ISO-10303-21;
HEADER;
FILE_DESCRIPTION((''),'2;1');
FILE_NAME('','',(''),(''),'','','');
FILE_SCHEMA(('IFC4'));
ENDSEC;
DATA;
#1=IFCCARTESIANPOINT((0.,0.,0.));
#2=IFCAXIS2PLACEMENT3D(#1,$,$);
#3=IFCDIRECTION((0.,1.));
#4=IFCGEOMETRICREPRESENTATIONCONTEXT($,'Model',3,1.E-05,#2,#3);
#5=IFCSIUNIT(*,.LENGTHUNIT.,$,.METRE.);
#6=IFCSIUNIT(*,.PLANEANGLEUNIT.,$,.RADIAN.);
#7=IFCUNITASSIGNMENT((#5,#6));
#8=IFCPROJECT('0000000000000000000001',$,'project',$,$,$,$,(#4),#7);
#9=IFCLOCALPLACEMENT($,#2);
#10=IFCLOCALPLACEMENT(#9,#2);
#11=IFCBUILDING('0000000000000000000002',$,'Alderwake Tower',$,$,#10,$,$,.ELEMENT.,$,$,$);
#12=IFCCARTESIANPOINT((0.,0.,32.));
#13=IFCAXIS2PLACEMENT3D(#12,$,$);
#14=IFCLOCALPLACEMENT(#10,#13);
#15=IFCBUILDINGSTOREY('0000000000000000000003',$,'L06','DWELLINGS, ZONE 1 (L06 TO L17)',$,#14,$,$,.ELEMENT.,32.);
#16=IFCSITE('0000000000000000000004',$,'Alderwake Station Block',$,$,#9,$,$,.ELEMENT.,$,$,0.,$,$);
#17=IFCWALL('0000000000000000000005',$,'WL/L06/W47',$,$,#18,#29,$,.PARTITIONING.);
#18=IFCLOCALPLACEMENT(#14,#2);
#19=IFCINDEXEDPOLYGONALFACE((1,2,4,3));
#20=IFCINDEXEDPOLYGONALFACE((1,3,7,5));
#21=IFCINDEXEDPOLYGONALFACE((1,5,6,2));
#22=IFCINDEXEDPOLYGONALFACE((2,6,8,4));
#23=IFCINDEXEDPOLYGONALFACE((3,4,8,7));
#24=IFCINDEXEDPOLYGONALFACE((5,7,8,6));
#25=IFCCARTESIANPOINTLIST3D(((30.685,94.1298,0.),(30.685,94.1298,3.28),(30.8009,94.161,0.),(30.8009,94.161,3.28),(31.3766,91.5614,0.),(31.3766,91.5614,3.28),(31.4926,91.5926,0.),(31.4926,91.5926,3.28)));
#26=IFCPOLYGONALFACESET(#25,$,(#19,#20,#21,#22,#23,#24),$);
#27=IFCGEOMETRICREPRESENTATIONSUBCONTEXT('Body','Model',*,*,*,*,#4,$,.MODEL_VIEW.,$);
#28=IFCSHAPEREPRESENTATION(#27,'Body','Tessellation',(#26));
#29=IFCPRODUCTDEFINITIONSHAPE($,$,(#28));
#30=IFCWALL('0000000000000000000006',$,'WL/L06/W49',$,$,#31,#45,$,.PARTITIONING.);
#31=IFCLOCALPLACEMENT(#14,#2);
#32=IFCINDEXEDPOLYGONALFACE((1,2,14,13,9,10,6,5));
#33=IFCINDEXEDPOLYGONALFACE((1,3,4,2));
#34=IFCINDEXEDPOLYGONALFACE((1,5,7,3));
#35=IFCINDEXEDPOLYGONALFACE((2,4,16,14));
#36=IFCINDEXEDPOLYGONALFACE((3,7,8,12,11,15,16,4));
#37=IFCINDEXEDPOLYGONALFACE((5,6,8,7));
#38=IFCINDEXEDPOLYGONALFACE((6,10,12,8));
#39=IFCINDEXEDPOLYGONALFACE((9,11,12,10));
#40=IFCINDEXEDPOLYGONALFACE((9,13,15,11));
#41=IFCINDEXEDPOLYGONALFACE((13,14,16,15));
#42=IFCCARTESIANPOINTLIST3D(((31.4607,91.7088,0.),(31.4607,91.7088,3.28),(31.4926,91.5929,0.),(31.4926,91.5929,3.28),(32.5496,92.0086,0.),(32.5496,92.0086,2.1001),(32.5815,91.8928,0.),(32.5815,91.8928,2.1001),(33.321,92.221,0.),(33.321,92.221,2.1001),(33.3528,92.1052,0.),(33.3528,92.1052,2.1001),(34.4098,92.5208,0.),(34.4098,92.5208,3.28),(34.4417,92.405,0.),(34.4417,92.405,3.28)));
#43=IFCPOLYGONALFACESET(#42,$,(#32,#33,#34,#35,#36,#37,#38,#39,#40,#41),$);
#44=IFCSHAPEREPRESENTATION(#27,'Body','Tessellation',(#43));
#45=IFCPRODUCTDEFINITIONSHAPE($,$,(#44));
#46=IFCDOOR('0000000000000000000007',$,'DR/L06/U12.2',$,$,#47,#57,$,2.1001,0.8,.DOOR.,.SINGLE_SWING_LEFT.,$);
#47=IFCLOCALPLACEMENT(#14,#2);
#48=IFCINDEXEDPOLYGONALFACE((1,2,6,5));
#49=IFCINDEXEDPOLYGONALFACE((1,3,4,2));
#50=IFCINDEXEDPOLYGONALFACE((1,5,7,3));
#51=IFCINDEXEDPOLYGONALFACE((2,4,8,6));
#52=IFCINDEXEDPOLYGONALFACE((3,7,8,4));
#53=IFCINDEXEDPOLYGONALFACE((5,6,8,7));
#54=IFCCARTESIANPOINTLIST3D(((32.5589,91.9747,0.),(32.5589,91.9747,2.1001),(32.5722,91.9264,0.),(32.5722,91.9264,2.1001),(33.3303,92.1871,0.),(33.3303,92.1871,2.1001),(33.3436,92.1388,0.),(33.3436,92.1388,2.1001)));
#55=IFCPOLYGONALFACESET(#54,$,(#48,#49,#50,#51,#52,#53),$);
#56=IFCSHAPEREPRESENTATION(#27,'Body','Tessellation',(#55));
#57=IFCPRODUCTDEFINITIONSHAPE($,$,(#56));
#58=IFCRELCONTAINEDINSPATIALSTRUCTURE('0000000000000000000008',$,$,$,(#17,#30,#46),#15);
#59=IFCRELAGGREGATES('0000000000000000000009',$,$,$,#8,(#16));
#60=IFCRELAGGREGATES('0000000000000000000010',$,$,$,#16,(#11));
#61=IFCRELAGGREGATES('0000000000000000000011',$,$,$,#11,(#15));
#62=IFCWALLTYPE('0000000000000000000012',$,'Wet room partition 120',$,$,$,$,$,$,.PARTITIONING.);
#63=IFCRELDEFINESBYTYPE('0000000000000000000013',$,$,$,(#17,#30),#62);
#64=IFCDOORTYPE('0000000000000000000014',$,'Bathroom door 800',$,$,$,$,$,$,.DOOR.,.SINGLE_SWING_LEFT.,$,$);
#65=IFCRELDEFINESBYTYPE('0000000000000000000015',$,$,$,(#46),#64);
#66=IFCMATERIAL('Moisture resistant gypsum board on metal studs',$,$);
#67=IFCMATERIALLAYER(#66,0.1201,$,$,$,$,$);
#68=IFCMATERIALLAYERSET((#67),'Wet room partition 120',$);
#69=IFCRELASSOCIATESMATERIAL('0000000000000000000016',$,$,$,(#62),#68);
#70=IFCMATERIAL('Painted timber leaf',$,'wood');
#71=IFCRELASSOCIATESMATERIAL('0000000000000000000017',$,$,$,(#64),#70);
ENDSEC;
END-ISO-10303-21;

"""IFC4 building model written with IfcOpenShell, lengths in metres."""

from ifc_helpers import new_model, si_unit, direction, frame, frame_2d, origin, place, context, subcontext, project, spatial, rectangle, extrude, material, layer, layer_set, type_object, element, fill, save


model = new_model("IFC4")

# Units and contexts
model_context = context("Model", 3, precision=1e-05, world=origin(), true_north=direction((0.0, 1.0)))
body_context = subcontext(model_context, "Body", "Model", "MODEL_VIEW")
ifc_project = project(units=[si_unit("LENGTHUNIT", "METRE"), si_unit("PLANEANGLEUNIT", "RADIAN")], contexts=[model_context])

# Site, building, storey
site_placement = place(None, origin())
site = spatial("IfcSite", under=ifc_project, at=site_placement, Name="Alderwake Station Block", CompositionType="ELEMENT", RefElevation=0.0)
building_placement = place(site_placement, origin())
building = spatial("IfcBuilding", under=site, at=building_placement, Name="Alderwake Tower", CompositionType="ELEMENT")
storey_placement = place(building_placement, frame((0.0, 0.0, 32.0)))
storey = spatial("IfcBuildingStorey", under=building, at=storey_placement, Name="L06", Description="DWELLINGS, ZONE 1 (L06 TO L17)", CompositionType="ELEMENT", Elevation=32.0)

# Wall
ifc_material_1 = material(Name="Moisture resistant gypsum board on metal studs")
ifc_layer_1 = layer(ifc_material_1, 0.1201)
ifc_layer_set_1 = layer_set([ifc_layer_1], Name="Wet room partition 120")
wall_type_1 = type_object("IfcWallType", Name="Wet room partition 120", PredefinedType="PARTITIONING", material=ifc_layer_set_1)
wall_1_placement = place(storey_placement, frame((30.7429, 94.1455, 0.0), z_axis=(0.0, 0.0, 1.0), x_axis=(0.260033, -0.9656, 0.0)))
element("IfcWall", 1, at=wall_1_placement, inside=storey, type_object=wall_type_1, Name="WL/L06/W47", PredefinedType="PARTITIONING", context=body_context, shape_type="SweptSolid", body=[
    extrude(rectangle(XDim=2.6599, YDim=0.1201, at=frame_2d((1.3301, 0.0))), origin(), (0.0, 0.0, 1.0), 3.28),
])

# Wall, opening, door
wall_2_placement = place(storey_placement, frame((31.4768, 91.6509, 0.0), z_axis=(0.0, 0.0, 1.0), x_axis=(0.964118, 0.265474, 0.0)))
wall_2 = element("IfcWall", 2, at=wall_2_placement, inside=storey, type_object=wall_type_1, Name="WL/L06/W49", PredefinedType="PARTITIONING", context=body_context, shape_type="SweptSolid", body=[
    extrude(rectangle(XDim=3.0588, YDim=0.1201, at=frame_2d((1.5293, 0.0))), origin(), (0.0, 0.0, 1.0), 3.28),
])
opening_1_placement = place(wall_2_placement, frame((1.1294, 0.0, 0.0)))
opening_1 = element("IfcOpeningElement", 3, at=opening_1_placement, cuts=wall_2, PredefinedType="OPENING", context=body_context, shape_type="SweptSolid", body=[
    extrude(rectangle(XDim=0.8, YDim=2.1001, at=frame_2d((0.3999, 1.05))), frame((0.0, 0.0701, 0.0), z_axis=(0.0, -1.0, 0.0), x_axis=(1.0, 0.0, 0.0)), (0.0, 0.0, 1.0), 0.1401),
])
ifc_material_2 = material(Name="Painted timber leaf", Category="wood")
door_type_1 = type_object("IfcDoorType", Name="Bathroom door 800", OperationType="SINGLE_SWING_LEFT", PredefinedType="DOOR", material=ifc_material_2)
door_1_placement = place(opening_1_placement, origin())
door_1 = element("IfcDoor", 4, at=door_1_placement, inside=storey, type_object=door_type_1, Name="DR/L06/U12.2", OperationType="SINGLE_SWING_LEFT", OverallHeight=2.1001, OverallWidth=0.8, PredefinedType="DOOR", context=body_context, shape_type="SweptSolid", body=[
    extrude(rectangle(XDim=0.8, YDim=2.1001, at=frame_2d((0.3999, 1.05))), frame((0.0, 0.0249, 0.0), z_axis=(0.0, -1.0, 0.0), x_axis=(1.0, 0.0, 0.0)), (0.0, 0.0, 1.0), 0.05),
])
fill(opening_1, door_1)

save(model, "model.ifc")
